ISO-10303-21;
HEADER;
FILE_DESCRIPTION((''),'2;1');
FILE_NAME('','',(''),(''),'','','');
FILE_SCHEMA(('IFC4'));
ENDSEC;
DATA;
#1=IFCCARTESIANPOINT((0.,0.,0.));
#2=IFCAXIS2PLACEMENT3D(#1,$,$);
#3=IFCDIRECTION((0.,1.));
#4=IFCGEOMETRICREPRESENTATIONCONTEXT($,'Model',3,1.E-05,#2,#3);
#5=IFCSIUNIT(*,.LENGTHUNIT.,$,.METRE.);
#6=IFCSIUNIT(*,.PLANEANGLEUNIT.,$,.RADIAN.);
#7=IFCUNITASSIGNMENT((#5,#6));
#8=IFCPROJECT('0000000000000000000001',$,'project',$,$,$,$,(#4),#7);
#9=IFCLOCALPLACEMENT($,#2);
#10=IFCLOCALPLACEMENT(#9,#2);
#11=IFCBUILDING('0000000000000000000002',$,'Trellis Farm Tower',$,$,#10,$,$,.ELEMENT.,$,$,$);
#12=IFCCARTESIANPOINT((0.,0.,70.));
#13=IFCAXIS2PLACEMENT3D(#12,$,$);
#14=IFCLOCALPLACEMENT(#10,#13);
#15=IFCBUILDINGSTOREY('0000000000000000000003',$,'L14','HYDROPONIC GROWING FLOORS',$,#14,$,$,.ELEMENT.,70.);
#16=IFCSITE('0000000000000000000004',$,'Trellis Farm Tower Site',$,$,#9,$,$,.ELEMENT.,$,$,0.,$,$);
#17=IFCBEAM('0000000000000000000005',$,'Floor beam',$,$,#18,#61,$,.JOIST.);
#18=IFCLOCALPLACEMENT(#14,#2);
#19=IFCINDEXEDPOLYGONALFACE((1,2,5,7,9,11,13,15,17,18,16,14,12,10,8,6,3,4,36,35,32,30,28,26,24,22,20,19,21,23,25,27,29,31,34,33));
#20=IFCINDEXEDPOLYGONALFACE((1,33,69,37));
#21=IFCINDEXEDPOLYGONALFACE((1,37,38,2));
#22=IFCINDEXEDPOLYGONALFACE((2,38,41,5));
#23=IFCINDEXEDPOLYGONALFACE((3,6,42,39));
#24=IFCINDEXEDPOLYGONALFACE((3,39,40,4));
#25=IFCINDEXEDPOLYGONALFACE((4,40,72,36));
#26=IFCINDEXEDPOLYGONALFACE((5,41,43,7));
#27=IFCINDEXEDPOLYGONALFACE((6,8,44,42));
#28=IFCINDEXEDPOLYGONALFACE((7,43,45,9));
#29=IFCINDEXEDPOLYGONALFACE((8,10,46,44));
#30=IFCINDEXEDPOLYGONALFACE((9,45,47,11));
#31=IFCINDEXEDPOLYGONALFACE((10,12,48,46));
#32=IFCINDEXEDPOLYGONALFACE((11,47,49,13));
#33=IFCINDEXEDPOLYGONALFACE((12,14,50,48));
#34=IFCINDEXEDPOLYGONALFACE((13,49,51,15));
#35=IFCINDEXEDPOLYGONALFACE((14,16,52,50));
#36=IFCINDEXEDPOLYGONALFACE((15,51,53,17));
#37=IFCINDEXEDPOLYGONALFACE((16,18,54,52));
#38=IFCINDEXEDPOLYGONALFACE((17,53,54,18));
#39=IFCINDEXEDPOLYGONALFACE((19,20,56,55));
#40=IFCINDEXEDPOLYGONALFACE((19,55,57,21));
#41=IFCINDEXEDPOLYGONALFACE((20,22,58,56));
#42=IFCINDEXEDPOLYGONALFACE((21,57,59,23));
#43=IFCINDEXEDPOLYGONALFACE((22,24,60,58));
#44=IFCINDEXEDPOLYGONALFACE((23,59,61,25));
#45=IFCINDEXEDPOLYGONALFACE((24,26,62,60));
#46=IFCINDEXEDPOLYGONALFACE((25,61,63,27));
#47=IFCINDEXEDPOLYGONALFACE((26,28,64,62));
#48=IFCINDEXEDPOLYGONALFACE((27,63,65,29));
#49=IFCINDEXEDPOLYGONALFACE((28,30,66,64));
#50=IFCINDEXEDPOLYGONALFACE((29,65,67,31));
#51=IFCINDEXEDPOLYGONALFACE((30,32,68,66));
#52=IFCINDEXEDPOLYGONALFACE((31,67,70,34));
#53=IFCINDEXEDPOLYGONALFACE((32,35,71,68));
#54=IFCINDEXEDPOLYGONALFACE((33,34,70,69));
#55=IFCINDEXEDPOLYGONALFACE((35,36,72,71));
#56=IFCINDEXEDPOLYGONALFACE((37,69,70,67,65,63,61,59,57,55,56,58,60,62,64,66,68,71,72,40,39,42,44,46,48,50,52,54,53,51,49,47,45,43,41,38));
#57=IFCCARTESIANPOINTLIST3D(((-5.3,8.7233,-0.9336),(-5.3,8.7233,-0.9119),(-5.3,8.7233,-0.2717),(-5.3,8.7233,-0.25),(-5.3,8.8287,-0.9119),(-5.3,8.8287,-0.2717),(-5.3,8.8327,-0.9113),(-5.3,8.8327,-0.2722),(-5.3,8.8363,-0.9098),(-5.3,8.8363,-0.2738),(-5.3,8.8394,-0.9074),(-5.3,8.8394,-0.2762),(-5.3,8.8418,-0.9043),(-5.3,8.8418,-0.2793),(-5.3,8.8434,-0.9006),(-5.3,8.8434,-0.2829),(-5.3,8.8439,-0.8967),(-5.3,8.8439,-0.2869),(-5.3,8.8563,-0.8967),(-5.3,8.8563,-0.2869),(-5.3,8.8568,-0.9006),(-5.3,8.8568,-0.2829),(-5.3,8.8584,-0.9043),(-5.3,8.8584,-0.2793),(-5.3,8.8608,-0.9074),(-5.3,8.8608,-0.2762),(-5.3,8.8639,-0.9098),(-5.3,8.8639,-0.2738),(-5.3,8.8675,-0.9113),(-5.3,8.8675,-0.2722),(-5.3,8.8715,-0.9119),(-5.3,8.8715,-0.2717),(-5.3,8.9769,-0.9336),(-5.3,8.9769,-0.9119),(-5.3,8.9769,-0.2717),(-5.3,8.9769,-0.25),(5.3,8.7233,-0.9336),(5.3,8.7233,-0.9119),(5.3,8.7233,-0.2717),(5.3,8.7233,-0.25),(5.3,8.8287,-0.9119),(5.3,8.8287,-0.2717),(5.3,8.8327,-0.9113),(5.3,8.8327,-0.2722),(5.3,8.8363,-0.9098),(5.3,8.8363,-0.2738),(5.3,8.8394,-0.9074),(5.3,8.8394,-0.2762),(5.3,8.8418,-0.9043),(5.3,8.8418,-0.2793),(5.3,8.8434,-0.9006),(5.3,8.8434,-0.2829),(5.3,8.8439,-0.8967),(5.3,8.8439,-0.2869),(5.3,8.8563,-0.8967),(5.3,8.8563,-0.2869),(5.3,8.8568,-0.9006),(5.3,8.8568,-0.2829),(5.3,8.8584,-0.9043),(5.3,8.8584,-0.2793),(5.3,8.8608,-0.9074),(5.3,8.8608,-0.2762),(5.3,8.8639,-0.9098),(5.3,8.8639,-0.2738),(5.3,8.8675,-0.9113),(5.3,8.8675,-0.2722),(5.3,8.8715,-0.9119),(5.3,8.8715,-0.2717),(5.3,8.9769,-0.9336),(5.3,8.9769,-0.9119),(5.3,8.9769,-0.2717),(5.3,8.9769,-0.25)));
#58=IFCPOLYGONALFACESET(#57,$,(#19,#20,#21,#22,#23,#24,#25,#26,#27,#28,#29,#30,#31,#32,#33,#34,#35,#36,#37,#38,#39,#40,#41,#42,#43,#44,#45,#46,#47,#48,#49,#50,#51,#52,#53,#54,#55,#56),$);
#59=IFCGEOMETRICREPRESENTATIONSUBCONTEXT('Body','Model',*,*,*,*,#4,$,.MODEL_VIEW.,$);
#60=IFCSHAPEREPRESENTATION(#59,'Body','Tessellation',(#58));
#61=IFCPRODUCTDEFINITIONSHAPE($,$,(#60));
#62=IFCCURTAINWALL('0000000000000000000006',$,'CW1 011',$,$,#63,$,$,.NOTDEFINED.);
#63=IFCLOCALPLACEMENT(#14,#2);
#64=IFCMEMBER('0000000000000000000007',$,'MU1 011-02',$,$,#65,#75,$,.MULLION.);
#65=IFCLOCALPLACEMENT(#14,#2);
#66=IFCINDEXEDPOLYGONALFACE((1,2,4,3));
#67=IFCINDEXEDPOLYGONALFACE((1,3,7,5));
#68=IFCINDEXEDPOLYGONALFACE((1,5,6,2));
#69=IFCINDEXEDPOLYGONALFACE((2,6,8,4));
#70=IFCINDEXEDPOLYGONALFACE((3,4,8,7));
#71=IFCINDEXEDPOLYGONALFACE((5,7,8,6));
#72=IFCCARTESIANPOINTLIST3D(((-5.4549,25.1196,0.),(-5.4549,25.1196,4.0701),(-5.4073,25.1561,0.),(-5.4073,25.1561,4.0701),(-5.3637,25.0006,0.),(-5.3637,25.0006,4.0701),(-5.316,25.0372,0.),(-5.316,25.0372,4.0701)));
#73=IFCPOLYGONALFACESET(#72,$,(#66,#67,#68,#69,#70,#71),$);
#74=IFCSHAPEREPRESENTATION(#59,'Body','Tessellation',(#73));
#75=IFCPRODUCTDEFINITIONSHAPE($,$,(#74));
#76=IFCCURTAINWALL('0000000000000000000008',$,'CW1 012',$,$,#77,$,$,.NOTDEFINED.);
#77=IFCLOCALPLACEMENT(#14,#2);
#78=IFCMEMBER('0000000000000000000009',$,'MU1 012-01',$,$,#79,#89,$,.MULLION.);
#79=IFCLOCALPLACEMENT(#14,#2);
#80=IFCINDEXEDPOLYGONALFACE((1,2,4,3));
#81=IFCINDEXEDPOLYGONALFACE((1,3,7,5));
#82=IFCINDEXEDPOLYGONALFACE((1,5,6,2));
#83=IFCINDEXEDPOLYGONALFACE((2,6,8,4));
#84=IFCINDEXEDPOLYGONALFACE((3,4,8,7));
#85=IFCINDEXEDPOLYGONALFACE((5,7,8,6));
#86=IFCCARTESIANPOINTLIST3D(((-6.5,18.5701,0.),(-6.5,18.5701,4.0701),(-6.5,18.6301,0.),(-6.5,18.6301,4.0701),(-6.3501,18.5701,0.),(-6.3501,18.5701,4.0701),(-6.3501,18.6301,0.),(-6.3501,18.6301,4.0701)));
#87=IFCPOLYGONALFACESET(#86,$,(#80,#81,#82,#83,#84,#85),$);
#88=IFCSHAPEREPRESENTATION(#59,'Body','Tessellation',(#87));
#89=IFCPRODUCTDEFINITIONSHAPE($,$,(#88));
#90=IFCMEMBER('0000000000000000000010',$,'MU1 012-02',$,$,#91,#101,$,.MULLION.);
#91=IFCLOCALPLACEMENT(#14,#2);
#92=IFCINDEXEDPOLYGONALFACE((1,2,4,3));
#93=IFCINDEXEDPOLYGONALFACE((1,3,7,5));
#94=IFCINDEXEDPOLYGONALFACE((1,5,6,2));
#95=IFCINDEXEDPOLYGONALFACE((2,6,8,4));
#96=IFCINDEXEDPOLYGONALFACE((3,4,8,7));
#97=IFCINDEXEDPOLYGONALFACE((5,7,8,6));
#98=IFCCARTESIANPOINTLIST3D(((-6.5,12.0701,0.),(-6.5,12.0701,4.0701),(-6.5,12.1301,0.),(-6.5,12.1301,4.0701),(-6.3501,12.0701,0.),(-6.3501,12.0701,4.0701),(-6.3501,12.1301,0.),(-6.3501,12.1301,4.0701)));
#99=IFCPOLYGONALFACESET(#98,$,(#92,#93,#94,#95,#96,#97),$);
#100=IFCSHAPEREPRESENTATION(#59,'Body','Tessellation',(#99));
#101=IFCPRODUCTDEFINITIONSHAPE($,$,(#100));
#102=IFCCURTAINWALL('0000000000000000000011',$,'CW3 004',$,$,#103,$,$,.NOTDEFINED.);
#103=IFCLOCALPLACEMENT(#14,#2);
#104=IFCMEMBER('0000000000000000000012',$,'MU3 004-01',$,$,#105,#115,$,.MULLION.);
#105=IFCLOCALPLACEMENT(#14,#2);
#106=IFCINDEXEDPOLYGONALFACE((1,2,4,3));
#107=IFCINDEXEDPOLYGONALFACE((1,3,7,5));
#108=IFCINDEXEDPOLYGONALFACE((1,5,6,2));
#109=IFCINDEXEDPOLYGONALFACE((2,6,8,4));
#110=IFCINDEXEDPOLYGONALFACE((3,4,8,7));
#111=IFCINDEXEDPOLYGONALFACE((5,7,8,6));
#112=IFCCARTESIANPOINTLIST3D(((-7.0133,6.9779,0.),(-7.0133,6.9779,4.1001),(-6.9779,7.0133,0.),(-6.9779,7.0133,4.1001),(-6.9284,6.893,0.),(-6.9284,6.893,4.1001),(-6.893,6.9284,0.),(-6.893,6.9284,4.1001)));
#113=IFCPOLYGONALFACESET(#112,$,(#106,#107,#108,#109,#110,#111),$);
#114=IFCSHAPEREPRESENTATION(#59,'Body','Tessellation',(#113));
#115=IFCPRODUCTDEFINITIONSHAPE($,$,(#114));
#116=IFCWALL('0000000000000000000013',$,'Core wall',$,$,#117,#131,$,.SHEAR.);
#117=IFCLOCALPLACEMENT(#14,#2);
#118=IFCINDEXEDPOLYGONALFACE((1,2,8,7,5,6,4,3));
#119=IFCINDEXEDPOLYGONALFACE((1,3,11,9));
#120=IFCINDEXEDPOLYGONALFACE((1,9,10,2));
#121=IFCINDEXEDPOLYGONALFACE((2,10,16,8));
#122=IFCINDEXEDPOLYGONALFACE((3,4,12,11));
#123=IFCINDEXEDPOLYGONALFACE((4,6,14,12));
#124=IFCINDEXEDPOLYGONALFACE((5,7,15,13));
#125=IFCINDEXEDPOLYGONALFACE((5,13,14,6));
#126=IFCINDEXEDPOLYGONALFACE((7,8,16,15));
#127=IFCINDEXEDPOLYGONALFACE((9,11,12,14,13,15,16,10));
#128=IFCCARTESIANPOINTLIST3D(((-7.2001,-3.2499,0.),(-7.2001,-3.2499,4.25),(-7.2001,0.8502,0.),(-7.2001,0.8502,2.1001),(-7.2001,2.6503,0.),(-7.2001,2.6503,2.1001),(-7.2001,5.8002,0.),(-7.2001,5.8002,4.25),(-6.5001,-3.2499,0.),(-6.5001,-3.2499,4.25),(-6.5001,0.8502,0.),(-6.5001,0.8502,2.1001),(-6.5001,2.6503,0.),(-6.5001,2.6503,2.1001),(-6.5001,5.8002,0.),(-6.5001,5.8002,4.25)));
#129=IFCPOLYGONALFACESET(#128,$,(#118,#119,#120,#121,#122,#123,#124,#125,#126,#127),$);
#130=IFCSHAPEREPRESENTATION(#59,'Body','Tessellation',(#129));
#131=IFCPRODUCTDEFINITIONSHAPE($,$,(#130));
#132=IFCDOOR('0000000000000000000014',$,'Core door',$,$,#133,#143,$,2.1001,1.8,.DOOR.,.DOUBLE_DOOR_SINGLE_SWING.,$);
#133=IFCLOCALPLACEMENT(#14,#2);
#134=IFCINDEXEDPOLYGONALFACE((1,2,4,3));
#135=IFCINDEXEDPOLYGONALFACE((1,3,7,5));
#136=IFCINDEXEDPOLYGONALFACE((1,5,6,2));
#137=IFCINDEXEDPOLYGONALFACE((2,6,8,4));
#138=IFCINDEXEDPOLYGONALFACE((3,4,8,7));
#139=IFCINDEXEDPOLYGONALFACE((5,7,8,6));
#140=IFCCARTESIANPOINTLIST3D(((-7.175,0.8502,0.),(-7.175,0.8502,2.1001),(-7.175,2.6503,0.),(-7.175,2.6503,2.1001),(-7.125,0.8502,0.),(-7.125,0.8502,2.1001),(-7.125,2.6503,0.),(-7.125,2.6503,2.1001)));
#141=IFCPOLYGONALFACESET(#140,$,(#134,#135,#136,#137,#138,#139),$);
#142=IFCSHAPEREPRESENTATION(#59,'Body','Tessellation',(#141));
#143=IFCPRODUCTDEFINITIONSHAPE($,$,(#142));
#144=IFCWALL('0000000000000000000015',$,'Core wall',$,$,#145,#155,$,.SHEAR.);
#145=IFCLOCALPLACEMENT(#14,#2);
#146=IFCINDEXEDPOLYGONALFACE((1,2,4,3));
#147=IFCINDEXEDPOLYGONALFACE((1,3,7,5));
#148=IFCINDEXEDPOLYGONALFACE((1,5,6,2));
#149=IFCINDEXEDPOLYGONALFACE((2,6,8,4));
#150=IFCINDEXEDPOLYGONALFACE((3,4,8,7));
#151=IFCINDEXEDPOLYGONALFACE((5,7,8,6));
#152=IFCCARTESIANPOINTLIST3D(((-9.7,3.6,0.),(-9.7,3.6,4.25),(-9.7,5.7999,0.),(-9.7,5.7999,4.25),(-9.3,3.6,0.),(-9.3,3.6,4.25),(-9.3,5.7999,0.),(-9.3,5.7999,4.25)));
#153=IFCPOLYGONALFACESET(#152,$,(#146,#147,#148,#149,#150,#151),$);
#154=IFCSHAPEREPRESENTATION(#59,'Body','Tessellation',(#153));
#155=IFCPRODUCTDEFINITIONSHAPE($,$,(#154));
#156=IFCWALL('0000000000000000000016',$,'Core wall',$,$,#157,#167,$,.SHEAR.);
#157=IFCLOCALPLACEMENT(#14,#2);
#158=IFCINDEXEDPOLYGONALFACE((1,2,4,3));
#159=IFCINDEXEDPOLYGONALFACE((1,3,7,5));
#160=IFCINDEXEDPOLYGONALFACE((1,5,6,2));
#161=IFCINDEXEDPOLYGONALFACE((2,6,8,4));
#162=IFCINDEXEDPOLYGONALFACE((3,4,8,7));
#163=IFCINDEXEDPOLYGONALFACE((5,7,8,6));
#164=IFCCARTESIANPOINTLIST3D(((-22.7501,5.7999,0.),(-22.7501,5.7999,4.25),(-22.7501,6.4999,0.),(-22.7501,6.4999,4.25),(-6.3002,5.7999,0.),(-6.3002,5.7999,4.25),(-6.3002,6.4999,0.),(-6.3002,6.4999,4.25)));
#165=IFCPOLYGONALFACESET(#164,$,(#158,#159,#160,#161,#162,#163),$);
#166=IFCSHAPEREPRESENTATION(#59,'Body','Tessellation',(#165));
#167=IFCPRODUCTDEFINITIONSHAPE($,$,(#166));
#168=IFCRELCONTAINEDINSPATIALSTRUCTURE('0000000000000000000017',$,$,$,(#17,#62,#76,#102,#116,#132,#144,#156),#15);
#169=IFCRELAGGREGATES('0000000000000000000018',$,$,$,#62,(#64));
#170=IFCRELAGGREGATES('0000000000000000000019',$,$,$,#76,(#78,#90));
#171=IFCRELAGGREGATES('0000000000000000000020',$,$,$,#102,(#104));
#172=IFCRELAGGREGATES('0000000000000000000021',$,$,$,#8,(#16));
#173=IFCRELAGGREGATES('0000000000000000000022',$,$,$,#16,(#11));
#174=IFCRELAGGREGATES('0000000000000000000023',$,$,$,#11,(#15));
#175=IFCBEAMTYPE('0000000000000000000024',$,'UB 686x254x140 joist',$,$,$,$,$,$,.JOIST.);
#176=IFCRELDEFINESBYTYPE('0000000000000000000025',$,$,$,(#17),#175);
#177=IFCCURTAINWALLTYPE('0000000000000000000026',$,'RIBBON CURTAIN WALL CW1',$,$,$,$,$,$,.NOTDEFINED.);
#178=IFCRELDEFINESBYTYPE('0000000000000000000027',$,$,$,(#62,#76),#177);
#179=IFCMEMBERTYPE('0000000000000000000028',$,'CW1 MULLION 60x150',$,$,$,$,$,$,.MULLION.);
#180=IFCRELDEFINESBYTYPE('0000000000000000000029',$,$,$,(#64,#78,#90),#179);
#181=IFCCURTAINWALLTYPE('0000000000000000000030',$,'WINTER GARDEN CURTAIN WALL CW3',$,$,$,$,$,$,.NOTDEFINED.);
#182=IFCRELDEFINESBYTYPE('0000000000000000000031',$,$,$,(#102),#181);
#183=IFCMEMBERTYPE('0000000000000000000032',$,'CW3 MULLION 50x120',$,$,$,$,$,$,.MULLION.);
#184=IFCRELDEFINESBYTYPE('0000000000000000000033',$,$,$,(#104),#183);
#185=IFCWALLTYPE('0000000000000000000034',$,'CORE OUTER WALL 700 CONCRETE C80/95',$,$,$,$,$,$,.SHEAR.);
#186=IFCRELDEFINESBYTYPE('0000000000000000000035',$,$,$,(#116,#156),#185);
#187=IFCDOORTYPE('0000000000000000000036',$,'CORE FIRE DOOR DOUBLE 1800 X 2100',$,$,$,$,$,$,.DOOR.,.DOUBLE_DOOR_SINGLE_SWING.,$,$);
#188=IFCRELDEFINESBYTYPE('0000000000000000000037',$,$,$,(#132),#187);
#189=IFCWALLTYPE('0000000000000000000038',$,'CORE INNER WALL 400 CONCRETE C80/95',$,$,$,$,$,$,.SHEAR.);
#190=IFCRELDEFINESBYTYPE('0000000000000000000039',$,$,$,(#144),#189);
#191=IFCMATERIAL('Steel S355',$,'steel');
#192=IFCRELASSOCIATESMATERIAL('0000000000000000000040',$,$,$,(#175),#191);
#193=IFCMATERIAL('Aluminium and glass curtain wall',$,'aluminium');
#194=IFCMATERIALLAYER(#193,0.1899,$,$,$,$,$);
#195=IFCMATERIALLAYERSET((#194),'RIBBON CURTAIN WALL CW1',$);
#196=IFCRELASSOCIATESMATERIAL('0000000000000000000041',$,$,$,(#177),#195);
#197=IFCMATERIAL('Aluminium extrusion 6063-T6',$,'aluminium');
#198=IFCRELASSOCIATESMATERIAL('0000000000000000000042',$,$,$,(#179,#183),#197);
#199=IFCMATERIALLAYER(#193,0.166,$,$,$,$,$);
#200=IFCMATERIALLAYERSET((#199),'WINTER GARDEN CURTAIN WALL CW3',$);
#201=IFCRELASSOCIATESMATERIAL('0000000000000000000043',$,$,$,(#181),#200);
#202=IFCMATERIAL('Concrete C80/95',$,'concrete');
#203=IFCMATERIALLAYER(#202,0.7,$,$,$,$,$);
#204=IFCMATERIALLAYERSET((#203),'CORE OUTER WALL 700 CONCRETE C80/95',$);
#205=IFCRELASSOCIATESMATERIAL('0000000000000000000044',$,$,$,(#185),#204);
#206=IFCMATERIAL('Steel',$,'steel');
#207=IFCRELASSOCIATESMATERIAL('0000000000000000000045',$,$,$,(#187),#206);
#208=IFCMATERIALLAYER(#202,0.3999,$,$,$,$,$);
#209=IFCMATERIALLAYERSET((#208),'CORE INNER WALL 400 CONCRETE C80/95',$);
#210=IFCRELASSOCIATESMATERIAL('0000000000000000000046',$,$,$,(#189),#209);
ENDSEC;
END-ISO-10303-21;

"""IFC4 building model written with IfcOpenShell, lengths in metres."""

from ifc_helpers import new_model, si_unit, direction, frame, frame_2d, origin, origin_2d, place, context, subcontext, project, spatial, rectangle, i_section, extrude, source, transform, mapped, material, layer, layer_set, material_profile, profile_set, type_object, element, fill, aggregate, save


model = new_model("IFC4")

# Units and contexts
model_context = context("Model", 3, precision=1e-05, world=origin(), true_north=direction((0.0, 1.0)))
body_context = subcontext(model_context, "Body", "Model", "MODEL_VIEW")
ifc_project = project(units=[si_unit("LENGTHUNIT", "METRE"), si_unit("PLANEANGLEUNIT", "RADIAN")], contexts=[model_context])

# Site, building, storey
site_placement = place(None, origin())
site = spatial("IfcSite", under=ifc_project, at=site_placement, Name="Trellis Farm Tower Site", CompositionType="ELEMENT", RefElevation=0.0)
building_placement = place(site_placement, origin())
building = spatial("IfcBuilding", under=site, at=building_placement, Name="Trellis Farm Tower", CompositionType="ELEMENT")
storey_placement = place(building_placement, frame((0.0, 0.0, 70.0)))
storey = spatial("IfcBuildingStorey", under=building, at=storey_placement, Name="L14", Description="HYDROPONIC GROWING FLOORS", CompositionType="ELEMENT", Elevation=70.0)

# Shared definitions
ifc_material_1 = material(Name="Concrete C80/95", Category="concrete")

# Beam
ifc_material_2 = material(Name="Steel S355", Category="steel")
ifc_material_profile_1 = material_profile(ifc_material_2, i_section(OverallWidth=0.2537, OverallDepth=0.6836, WebThickness=0.0125, FlangeThickness=0.0217, FilletRadius=0.0151, at=origin_2d()), Name="UB 686x254x140")
ifc_profile_set_1 = profile_set([ifc_material_profile_1], Name="Steel S355")
beam_type_1 = type_object("IfcBeamType", Name="UB 686x254x140 joist", PredefinedType="JOIST", material=ifc_profile_set_1)
shared_shape_1 = source(origin(), body_context, "Body", "SweptSolid", [
    extrude(i_section(OverallWidth=0.2537, OverallDepth=0.6836, WebThickness=0.0125, FlangeThickness=0.0217, FilletRadius=0.0151, at=origin_2d()), origin(), (0.0, 0.0, 1.0), 10.6001),
])
beam_1_placement = place(storey_placement, frame((-5.3, 8.8501, -0.5918), z_axis=(1.0, 0.0, 0.0), x_axis=(0.0, 1.0, 0.0)))
element("IfcBeam", 1, at=beam_1_placement, inside=storey, type_object=beam_type_1, Name="Floor beam", PredefinedType="JOIST", context=body_context, shape_type="MappedRepresentation", body=[
    mapped(shared_shape_1, transform((0.0, 0.0, 0.0))),
])

# Curtain wall, member
ifc_material_3 = material(Name="Aluminium and glass curtain wall", Category="aluminium")
ifc_layer_1 = layer(ifc_material_3, 0.1899)
ifc_layer_set_1 = layer_set([ifc_layer_1], Name="RIBBON CURTAIN WALL CW1")
curtain_wall_type_1 = type_object("IfcCurtainWallType", Name="RIBBON CURTAIN WALL CW1", PredefinedType="NOTDEFINED", material=ifc_layer_set_1)
placement = place(storey_placement, origin())
curtain_wall_1 = element("IfcCurtainWall", 2, at=placement, inside=storey, type_object=curtain_wall_type_1, Name="CW1 011", PredefinedType="NOTDEFINED")
ifc_material_4 = material(Name="Aluminium extrusion 6063-T6", Category="aluminium")
ifc_material_profile_2 = material_profile(ifc_material_4, rectangle(XDim=0.0601, YDim=0.1499, at=origin_2d()), Name="MULLION 60x150")
ifc_profile_set_2 = profile_set([ifc_material_profile_2], Name="Aluminium extrusion 6063-T6")
member_type_1 = type_object("IfcMemberType", Name="CW1 MULLION 60x150", PredefinedType="MULLION", material=ifc_profile_set_2)
shared_shape_2 = source(origin(), body_context, "Body", "SweptSolid", [
    extrude(rectangle(XDim=0.0601, YDim=0.1499, at=origin_2d()), origin(), (0.0, 0.0, 1.0), 4.0701),
])
member_1_placement = place(storey_placement, frame((-5.3855, 25.0784, 0.0), z_axis=(0.0, 0.0, 1.0), x_axis=(-0.793353, -0.608761, 0.0)))
member_1 = element("IfcMember", 3, at=member_1_placement, type_object=member_type_1, Name="MU1 011-02", PredefinedType="MULLION", context=body_context, shape_type="MappedRepresentation", body=[
    mapped(shared_shape_2, transform((0.0, 0.0, 0.0))),
])
aggregate(curtain_wall_1, [member_1])

# Curtain wall, members
curtain_wall_2 = element("IfcCurtainWall", 4, at=placement, inside=storey, type_object=curtain_wall_type_1, Name="CW1 012", PredefinedType="NOTDEFINED")
member_2_placement = place(storey_placement, frame((-6.425, 18.6001, 0.0), z_axis=(0.0, 0.0, 1.0), x_axis=(0.0, -1.0, 0.0)))
member_2 = element("IfcMember", 5, at=member_2_placement, type_object=member_type_1, Name="MU1 012-01", PredefinedType="MULLION", context=body_context, shape_type="MappedRepresentation", body=[
    mapped(shared_shape_2, transform((0.0, 0.0, 0.0))),
])
member_3_placement = place(storey_placement, frame((-6.425, 12.1001, 0.0), z_axis=(0.0, 0.0, 1.0), x_axis=(0.0, -1.0, 0.0)))
member_3 = element("IfcMember", 6, at=member_3_placement, type_object=member_type_1, Name="MU1 012-02", PredefinedType="MULLION", context=body_context, shape_type="MappedRepresentation", body=[
    mapped(shared_shape_2, transform((0.0, 0.0, 0.0))),
])
aggregate(curtain_wall_2, [member_2, member_3])

# Curtain wall, member
ifc_layer_2 = layer(ifc_material_3, 0.166)
ifc_layer_set_2 = layer_set([ifc_layer_2], Name="WINTER GARDEN CURTAIN WALL CW3")
curtain_wall_type_2 = type_object("IfcCurtainWallType", Name="WINTER GARDEN CURTAIN WALL CW3", PredefinedType="NOTDEFINED", material=ifc_layer_set_2)
curtain_wall_3 = element("IfcCurtainWall", 7, at=placement, inside=storey, type_object=curtain_wall_type_2, Name="CW3 004", PredefinedType="NOTDEFINED")
ifc_material_profile_3 = material_profile(ifc_material_4, rectangle(XDim=0.05, YDim=0.1201, at=origin_2d()), Name="MULLION 50x120")
ifc_profile_set_3 = profile_set([ifc_material_profile_3], Name="Aluminium extrusion 6063-T6")
member_type_2 = type_object("IfcMemberType", Name="CW3 MULLION 50x120", PredefinedType="MULLION", material=ifc_profile_set_3)
shared_shape_3 = source(origin(), body_context, "Body", "SweptSolid", [
    extrude(rectangle(XDim=0.05, YDim=0.1201, at=origin_2d()), origin(), (0.0, 0.0, 1.0), 4.1001),
])
member_4_placement = place(storey_placement, frame((-6.9531, 6.9531, 0.0), z_axis=(0.0, 0.0, 1.0), x_axis=(-0.707107, -0.707107, 0.0)))
member_4 = element("IfcMember", 8, at=member_4_placement, type_object=member_type_2, Name="MU3 004-01", PredefinedType="MULLION", context=body_context, shape_type="MappedRepresentation", body=[
    mapped(shared_shape_3, transform((0.0, 0.0, 0.0))),
])
aggregate(curtain_wall_3, [member_4])

# Wall, opening, door
ifc_layer_3 = layer(ifc_material_1, 0.7)
ifc_layer_set_3 = layer_set([ifc_layer_3], Name="CORE OUTER WALL 700 CONCRETE C80/95")
wall_type_1 = type_object("IfcWallType", Name="CORE OUTER WALL 700 CONCRETE C80/95", PredefinedType="SHEAR", material=ifc_layer_set_3)
shared_shape_4 = source(origin(), body_context, "Body", "SweptSolid", [
    extrude(rectangle(XDim=9.05, YDim=0.7, at=frame_2d((4.5249, 0.0))), origin(), (0.0, 0.0, 1.0), 4.25),
])
wall_1_placement = place(storey_placement, frame((-6.8501, 5.8, 0.0), z_axis=(0.0, 0.0, 1.0), x_axis=(0.0, -1.0, 0.0)))
wall_1 = element("IfcWall", 9, at=wall_1_placement, inside=storey, type_object=wall_type_1, Name="Core wall", PredefinedType="SHEAR", context=body_context, shape_type="MappedRepresentation", body=[
    mapped(shared_shape_4, transform((0.0, 0.0, 0.0))),
])
shared_shape_5 = source(origin(), body_context, "Body", "SweptSolid", [
    extrude(rectangle(XDim=1.8, YDim=2.1001, at=frame_2d((0.8999, 1.05))), frame((0.0, 0.3601, 0.0), z_axis=(0.0, -1.0, 0.0), x_axis=(1.0, 0.0, 0.0)), (0.0, 0.0, 1.0), 0.7202),
])
opening_1_placement = place(wall_1_placement, frame((3.1499, 0.0, 0.0)))
opening_1 = element("IfcOpeningElement", 10, at=opening_1_placement, cuts=wall_1, PredefinedType="OPENING", context=body_context, shape_type="MappedRepresentation", body=[
    mapped(shared_shape_5, transform((0.0, 0.0, 0.0))),
])
ifc_material_5 = material(Name="Steel", Category="steel")
door_type_1 = type_object("IfcDoorType", Name="CORE FIRE DOOR DOUBLE 1800 X 2100", OperationType="DOUBLE_DOOR_SINGLE_SWING", PredefinedType="DOOR", material=ifc_material_5)
shared_shape_6 = source(origin(), body_context, "Body", "SweptSolid", [
    extrude(rectangle(XDim=1.8, YDim=2.1001, at=frame_2d((0.8999, 1.05))), frame((0.0, -0.2749, 0.0), z_axis=(0.0, -1.0, 0.0), x_axis=(1.0, 0.0, 0.0)), (0.0, 0.0, 1.0), 0.05),
])
door_1_placement = place(opening_1_placement, origin())
door_1 = element("IfcDoor", 11, at=door_1_placement, inside=storey, type_object=door_type_1, Name="Core door", OperationType="DOUBLE_DOOR_SINGLE_SWING", OverallHeight=2.1001, OverallWidth=1.8, PredefinedType="DOOR", context=body_context, shape_type="MappedRepresentation", body=[
    mapped(shared_shape_6, transform((0.0, 0.0, 0.0))),
])
fill(opening_1, door_1)

# Walls
ifc_layer_4 = layer(ifc_material_1, 0.3999)
ifc_layer_set_4 = layer_set([ifc_layer_4], Name="CORE INNER WALL 400 CONCRETE C80/95")
wall_type_2 = type_object("IfcWallType", Name="CORE INNER WALL 400 CONCRETE C80/95", PredefinedType="SHEAR", material=ifc_layer_set_4)
shared_shape_7 = source(origin(), body_context, "Body", "SweptSolid", [
    extrude(rectangle(XDim=2.2, YDim=0.3999, at=frame_2d((1.1001, 0.0))), origin(), (0.0, 0.0, 1.0), 4.25),
])
wall_2_placement = place(storey_placement, frame((-9.5, 5.8, 0.0), z_axis=(0.0, 0.0, 1.0), x_axis=(0.0, -1.0, 0.0)))
element("IfcWall", 12, at=wall_2_placement, inside=storey, type_object=wall_type_2, Name="Core wall", PredefinedType="SHEAR", context=body_context, shape_type="MappedRepresentation", body=[
    mapped(shared_shape_7, transform((0.0, 0.0, 0.0))),
])
shared_shape_8 = source(origin(), body_context, "Body", "SweptSolid", [
    extrude(rectangle(XDim=16.45, YDim=0.7, at=frame_2d((8.2251, 0.0))), origin(), (0.0, 0.0, 1.0), 4.25),
])
wall_3_placement = place(storey_placement, frame((-6.3, 6.1499, 0.0), z_axis=(0.0, 0.0, 1.0), x_axis=(-1.0, 0.0, 0.0)))
element("IfcWall", 13, at=wall_3_placement, inside=storey, type_object=wall_type_1, Name="Core wall", PredefinedType="SHEAR", context=body_context, shape_type="MappedRepresentation", body=[
    mapped(shared_shape_8, transform((0.0, 0.0, 0.0))),
])

save(model, "model.ifc")
